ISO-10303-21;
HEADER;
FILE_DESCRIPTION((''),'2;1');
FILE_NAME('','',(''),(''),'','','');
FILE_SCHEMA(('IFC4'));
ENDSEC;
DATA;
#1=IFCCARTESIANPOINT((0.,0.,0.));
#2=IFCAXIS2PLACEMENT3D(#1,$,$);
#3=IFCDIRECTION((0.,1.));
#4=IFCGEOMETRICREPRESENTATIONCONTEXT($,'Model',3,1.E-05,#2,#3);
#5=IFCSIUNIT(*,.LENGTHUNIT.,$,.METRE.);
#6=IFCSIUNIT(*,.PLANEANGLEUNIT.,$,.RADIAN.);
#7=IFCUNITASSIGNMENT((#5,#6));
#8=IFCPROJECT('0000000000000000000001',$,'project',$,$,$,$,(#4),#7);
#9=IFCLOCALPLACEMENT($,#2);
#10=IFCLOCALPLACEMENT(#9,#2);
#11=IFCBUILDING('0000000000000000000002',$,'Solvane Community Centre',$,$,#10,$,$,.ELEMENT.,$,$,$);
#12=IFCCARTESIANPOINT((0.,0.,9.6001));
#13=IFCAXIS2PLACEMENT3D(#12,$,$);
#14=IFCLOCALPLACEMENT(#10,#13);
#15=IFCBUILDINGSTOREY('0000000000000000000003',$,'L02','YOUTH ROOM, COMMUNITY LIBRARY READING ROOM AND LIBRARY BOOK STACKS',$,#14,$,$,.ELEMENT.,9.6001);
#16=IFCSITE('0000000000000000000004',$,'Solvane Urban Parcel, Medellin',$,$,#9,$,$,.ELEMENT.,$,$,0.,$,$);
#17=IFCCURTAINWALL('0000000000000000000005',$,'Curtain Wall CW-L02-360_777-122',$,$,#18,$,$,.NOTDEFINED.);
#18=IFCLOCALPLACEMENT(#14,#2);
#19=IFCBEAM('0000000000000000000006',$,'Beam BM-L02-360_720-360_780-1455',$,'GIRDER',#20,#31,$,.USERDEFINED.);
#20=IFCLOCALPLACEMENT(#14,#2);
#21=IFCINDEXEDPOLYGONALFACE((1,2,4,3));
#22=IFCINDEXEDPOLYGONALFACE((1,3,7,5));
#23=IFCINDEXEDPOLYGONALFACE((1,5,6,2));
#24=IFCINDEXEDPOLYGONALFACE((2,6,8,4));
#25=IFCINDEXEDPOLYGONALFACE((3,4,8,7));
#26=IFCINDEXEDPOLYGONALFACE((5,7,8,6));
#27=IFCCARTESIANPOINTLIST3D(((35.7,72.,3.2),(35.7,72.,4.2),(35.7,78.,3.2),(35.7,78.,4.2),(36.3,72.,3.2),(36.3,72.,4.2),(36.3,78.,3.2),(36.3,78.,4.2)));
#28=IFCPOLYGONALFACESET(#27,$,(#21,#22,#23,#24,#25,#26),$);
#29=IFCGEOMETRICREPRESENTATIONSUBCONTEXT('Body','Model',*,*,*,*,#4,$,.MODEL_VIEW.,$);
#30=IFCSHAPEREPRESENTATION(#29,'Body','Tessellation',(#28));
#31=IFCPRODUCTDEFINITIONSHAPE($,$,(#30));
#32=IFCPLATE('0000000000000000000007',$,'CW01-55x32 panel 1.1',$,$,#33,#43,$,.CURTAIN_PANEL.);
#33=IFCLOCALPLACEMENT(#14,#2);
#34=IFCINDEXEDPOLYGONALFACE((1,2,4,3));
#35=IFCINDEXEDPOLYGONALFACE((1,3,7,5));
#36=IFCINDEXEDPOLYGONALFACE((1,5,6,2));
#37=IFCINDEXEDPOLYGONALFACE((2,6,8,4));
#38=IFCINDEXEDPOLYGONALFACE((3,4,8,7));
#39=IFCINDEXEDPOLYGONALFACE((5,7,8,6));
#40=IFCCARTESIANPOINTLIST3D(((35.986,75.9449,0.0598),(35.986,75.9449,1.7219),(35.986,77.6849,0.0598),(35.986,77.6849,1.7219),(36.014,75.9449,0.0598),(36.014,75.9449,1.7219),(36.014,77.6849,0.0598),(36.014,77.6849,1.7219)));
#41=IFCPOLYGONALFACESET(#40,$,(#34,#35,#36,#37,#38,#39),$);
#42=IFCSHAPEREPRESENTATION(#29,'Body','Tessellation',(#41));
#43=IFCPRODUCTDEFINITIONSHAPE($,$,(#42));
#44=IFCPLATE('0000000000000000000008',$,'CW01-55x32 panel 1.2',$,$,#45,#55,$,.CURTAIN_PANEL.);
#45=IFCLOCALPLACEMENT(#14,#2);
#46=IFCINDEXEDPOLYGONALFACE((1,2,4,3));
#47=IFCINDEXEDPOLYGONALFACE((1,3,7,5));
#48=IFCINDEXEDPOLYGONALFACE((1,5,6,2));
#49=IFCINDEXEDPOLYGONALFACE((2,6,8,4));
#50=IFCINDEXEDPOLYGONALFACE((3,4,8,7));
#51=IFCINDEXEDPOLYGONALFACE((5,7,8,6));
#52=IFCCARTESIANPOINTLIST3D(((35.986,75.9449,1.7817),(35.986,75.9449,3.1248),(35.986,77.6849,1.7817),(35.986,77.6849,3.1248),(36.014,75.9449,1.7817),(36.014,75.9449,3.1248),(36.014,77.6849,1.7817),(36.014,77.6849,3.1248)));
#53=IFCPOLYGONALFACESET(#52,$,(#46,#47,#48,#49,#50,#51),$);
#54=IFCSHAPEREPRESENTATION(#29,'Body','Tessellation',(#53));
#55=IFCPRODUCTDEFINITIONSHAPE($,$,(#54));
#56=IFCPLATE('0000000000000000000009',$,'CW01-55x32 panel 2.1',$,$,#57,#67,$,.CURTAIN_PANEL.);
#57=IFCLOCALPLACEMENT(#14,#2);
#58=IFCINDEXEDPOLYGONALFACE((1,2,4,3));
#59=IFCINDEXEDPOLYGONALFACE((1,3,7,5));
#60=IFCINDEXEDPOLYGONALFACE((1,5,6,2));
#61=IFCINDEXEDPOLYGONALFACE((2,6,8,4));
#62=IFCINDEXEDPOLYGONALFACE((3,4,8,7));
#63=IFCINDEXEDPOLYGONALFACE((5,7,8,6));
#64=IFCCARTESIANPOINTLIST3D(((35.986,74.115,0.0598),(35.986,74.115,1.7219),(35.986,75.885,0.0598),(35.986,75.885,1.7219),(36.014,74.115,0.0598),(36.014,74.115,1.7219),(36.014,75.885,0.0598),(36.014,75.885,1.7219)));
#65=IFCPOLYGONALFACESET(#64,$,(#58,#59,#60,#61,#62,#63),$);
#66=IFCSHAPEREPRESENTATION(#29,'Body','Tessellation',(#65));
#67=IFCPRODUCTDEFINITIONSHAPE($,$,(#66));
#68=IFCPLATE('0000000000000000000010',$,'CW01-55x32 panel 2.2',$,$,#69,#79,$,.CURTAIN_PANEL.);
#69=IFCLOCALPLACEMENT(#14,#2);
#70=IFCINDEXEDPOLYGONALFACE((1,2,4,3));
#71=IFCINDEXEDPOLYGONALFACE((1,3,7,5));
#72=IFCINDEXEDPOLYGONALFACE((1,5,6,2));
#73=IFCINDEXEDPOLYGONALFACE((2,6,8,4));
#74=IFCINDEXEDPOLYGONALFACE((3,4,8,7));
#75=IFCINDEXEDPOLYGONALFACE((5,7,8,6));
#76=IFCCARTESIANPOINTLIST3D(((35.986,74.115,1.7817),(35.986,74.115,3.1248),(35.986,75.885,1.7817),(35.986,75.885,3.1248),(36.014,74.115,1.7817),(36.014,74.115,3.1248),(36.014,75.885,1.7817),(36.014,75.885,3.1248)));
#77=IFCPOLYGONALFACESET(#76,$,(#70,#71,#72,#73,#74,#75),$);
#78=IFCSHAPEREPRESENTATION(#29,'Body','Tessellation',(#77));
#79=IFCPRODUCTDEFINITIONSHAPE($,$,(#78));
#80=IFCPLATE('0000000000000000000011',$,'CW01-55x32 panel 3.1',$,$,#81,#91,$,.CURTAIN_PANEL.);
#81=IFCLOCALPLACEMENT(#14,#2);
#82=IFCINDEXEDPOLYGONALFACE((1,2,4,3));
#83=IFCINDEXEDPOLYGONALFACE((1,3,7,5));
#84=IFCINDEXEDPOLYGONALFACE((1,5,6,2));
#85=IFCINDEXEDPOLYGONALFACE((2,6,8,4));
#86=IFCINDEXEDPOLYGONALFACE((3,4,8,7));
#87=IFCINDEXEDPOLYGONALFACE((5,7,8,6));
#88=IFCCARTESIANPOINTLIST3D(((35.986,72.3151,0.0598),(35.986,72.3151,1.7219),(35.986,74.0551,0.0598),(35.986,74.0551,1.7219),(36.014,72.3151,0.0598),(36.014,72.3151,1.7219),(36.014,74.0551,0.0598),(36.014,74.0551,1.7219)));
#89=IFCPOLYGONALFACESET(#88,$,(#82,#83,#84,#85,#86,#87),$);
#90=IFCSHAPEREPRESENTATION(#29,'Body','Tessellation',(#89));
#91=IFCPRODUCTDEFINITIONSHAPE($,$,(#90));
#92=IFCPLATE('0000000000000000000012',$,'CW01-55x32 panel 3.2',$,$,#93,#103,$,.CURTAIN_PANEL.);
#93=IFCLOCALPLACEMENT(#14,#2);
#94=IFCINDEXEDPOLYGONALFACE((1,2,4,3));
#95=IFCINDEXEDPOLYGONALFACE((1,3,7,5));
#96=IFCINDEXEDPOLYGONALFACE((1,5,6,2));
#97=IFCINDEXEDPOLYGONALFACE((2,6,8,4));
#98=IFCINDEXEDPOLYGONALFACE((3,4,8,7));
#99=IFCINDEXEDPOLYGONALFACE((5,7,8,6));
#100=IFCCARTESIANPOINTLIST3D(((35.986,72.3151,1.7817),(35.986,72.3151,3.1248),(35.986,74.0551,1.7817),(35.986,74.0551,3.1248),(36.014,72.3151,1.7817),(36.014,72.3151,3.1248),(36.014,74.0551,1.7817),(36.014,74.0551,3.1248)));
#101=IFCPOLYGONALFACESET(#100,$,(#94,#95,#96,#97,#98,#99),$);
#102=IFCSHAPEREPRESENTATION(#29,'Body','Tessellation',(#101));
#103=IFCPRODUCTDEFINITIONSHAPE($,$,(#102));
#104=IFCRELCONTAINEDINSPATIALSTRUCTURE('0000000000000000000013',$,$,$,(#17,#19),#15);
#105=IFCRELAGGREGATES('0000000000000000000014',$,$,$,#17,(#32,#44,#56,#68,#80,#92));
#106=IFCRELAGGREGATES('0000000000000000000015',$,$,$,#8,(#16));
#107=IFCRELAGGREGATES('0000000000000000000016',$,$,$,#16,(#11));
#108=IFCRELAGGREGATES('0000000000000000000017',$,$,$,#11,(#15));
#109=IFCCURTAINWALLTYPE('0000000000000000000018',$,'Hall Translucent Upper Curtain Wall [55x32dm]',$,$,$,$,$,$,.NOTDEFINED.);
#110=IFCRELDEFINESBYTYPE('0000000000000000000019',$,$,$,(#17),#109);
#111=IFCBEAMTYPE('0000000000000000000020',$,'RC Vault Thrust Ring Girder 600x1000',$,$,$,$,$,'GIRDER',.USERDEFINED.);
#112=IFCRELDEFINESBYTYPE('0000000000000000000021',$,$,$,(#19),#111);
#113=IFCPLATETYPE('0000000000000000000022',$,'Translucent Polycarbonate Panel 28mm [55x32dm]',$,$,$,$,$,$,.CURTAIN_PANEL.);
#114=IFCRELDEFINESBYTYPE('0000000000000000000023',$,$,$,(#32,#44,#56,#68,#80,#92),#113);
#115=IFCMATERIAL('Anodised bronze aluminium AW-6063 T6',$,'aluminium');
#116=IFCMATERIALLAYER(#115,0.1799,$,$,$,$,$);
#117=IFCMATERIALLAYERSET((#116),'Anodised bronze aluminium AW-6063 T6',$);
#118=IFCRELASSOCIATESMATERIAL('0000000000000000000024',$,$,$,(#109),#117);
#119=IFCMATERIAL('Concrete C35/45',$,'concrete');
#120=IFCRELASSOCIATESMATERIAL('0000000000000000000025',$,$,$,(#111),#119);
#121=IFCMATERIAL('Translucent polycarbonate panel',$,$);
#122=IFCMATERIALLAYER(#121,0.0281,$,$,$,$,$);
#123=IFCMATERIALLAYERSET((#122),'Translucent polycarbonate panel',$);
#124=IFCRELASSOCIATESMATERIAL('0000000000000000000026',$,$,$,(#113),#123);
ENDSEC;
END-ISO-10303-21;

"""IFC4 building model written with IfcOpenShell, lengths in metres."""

from ifc_helpers import new_model, si_unit, direction, frame, origin, origin_2d, place, context, subcontext, project, spatial, rectangle, extrude, material, layer, layer_set, material_profile, profile_set, type_object, element, aggregate, save


model = new_model("IFC4")

# Units and contexts
model_context = context("Model", 3, precision=1e-05, world=origin(), true_north=direction((0.0, 1.0)))
body_context = subcontext(model_context, "Body", "Model", "MODEL_VIEW")
ifc_project = project(units=[si_unit("LENGTHUNIT", "METRE"), si_unit("PLANEANGLEUNIT", "RADIAN")], contexts=[model_context])

# Site, building, storey
site_placement = place(None, origin())
site = spatial("IfcSite", under=ifc_project, at=site_placement, Name="Solvane Urban Parcel, Medellin", CompositionType="ELEMENT", RefElevation=0.0)
building_placement = place(site_placement, origin())
building = spatial("IfcBuilding", under=site, at=building_placement, Name="Solvane Community Centre", CompositionType="ELEMENT")
storey_placement = place(building_placement, frame((0.0, 0.0, 9.6001)))
storey = spatial("IfcBuildingStorey", under=building, at=storey_placement, Name="L02", Description="YOUTH ROOM, COMMUNITY LIBRARY READING ROOM AND LIBRARY BOOK STACKS", CompositionType="ELEMENT", Elevation=9.6001)

# Curtain wall
ifc_material_1 = material(Name="Anodised bronze aluminium AW-6063 T6", Category="aluminium")
ifc_layer_1 = layer(ifc_material_1, 0.1799)
ifc_layer_set_1 = layer_set([ifc_layer_1], Name="Anodised bronze aluminium AW-6063 T6")
curtain_wall_type = type_object("IfcCurtainWallType", Name="Hall Translucent Upper Curtain Wall [55x32dm]", PredefinedType="NOTDEFINED", material=ifc_layer_set_1)
curtain_wall_placement = place(storey_placement, origin())
curtain_wall = element("IfcCurtainWall", 1, at=curtain_wall_placement, inside=storey, type_object=curtain_wall_type, Name="Curtain Wall CW-L02-360_777-122", PredefinedType="NOTDEFINED")

# Beam
ifc_material_2 = material(Name="Concrete C35/45", Category="concrete")
ifc_material_profile_1 = material_profile(ifc_material_2, rectangle(XDim=0.6001, YDim=1.0, at=origin_2d()), Name="RC 600x1000")
ifc_profile_set_1 = profile_set([ifc_material_profile_1], Name="Concrete C35/45")
beam_type = type_object("IfcBeamType", Name="RC Vault Thrust Ring Girder 600x1000", ElementType="GIRDER", PredefinedType="USERDEFINED", material=ifc_profile_set_1)
beam_placement = place(storey_placement, frame((36.0, 72.0, 3.7), z_axis=(0.0, 1.0, 0.0), x_axis=(-1.0, 0.0, 0.0)))
element("IfcBeam", 2, at=beam_placement, inside=storey, type_object=beam_type, Name="Beam BM-L02-360_720-360_780-1455", ObjectType="GIRDER", PredefinedType="USERDEFINED", context=body_context, shape_type="SweptSolid", body=[
    extrude(rectangle(XDim=0.6001, YDim=1.0, at=origin_2d()), origin(), (0.0, 0.0, 1.0), 6.0),
])

# Plates
ifc_material_3 = material(Name="Translucent polycarbonate panel")
ifc_layer_2 = layer(ifc_material_3, 0.0281)
ifc_layer_set_2 = layer_set([ifc_layer_2], Name="Translucent polycarbonate panel")
plate_type = type_object("IfcPlateType", Name="Translucent Polycarbonate Panel 28mm [55x32dm]", PredefinedType="CURTAIN_PANEL", material=ifc_layer_set_2)
plate_1_placement = place(storey_placement, frame((36.0, 76.8149, 0.0598), z_axis=(0.0, 0.0, 1.0), x_axis=(0.0, -1.0, 0.0)))
plate_1 = element("IfcPlate", 3, at=plate_1_placement, type_object=plate_type, Name="CW01-55x32 panel 1.1", PredefinedType="CURTAIN_PANEL", context=body_context, shape_type="SweptSolid", body=[
    extrude(rectangle(XDim=1.74, YDim=0.0281, at=origin_2d()), origin(), (0.0, 0.0, 1.0), 1.6621),
])
plate_2_placement = place(storey_placement, frame((36.0, 76.8149, 1.7817), z_axis=(0.0, 0.0, 1.0), x_axis=(0.0, -1.0, 0.0)))
plate_2 = element("IfcPlate", 4, at=plate_2_placement, type_object=plate_type, Name="CW01-55x32 panel 1.2", PredefinedType="CURTAIN_PANEL", context=body_context, shape_type="SweptSolid", body=[
    extrude(rectangle(XDim=1.74, YDim=0.0281, at=origin_2d()), origin(), (0.0, 0.0, 1.0), 1.343),
])
plate_3_placement = place(storey_placement, frame((36.0, 75.0, 0.0598), z_axis=(0.0, 0.0, 1.0), x_axis=(0.0, -1.0, 0.0)))
plate_3 = element("IfcPlate", 5, at=plate_3_placement, type_object=plate_type, Name="CW01-55x32 panel 2.1", PredefinedType="CURTAIN_PANEL", context=body_context, shape_type="SweptSolid", body=[
    extrude(rectangle(XDim=1.77, YDim=0.0281, at=origin_2d()), origin(), (0.0, 0.0, 1.0), 1.6621),
])
plate_4_placement = place(storey_placement, frame((36.0, 75.0, 1.7817), z_axis=(0.0, 0.0, 1.0), x_axis=(0.0, -1.0, 0.0)))
plate_4 = element("IfcPlate", 6, at=plate_4_placement, type_object=plate_type, Name="CW01-55x32 panel 2.2", PredefinedType="CURTAIN_PANEL", context=body_context, shape_type="SweptSolid", body=[
    extrude(rectangle(XDim=1.77, YDim=0.0281, at=origin_2d()), origin(), (0.0, 0.0, 1.0), 1.343),
])
plate_5_placement = place(storey_placement, frame((36.0, 73.1851, 0.0598), z_axis=(0.0, 0.0, 1.0), x_axis=(0.0, -1.0, 0.0)))
plate_5 = element("IfcPlate", 7, at=plate_5_placement, type_object=plate_type, Name="CW01-55x32 panel 3.1", PredefinedType="CURTAIN_PANEL", context=body_context, shape_type="SweptSolid", body=[
    extrude(rectangle(XDim=1.74, YDim=0.0281, at=origin_2d()), origin(), (0.0, 0.0, 1.0), 1.6621),
])
plate_6_placement = place(storey_placement, frame((36.0, 73.1851, 1.7817), z_axis=(0.0, 0.0, 1.0), x_axis=(0.0, -1.0, 0.0)))
plate_6 = element("IfcPlate", 8, at=plate_6_placement, type_object=plate_type, Name="CW01-55x32 panel 3.2", PredefinedType="CURTAIN_PANEL", context=body_context, shape_type="SweptSolid", body=[
    extrude(rectangle(XDim=1.74, YDim=0.0281, at=origin_2d()), origin(), (0.0, 0.0, 1.0), 1.343),
])
aggregate(curtain_wall, [plate_1, plate_2, plate_3, plate_4, plate_5, plate_6])

save(model, "model.ifc")
